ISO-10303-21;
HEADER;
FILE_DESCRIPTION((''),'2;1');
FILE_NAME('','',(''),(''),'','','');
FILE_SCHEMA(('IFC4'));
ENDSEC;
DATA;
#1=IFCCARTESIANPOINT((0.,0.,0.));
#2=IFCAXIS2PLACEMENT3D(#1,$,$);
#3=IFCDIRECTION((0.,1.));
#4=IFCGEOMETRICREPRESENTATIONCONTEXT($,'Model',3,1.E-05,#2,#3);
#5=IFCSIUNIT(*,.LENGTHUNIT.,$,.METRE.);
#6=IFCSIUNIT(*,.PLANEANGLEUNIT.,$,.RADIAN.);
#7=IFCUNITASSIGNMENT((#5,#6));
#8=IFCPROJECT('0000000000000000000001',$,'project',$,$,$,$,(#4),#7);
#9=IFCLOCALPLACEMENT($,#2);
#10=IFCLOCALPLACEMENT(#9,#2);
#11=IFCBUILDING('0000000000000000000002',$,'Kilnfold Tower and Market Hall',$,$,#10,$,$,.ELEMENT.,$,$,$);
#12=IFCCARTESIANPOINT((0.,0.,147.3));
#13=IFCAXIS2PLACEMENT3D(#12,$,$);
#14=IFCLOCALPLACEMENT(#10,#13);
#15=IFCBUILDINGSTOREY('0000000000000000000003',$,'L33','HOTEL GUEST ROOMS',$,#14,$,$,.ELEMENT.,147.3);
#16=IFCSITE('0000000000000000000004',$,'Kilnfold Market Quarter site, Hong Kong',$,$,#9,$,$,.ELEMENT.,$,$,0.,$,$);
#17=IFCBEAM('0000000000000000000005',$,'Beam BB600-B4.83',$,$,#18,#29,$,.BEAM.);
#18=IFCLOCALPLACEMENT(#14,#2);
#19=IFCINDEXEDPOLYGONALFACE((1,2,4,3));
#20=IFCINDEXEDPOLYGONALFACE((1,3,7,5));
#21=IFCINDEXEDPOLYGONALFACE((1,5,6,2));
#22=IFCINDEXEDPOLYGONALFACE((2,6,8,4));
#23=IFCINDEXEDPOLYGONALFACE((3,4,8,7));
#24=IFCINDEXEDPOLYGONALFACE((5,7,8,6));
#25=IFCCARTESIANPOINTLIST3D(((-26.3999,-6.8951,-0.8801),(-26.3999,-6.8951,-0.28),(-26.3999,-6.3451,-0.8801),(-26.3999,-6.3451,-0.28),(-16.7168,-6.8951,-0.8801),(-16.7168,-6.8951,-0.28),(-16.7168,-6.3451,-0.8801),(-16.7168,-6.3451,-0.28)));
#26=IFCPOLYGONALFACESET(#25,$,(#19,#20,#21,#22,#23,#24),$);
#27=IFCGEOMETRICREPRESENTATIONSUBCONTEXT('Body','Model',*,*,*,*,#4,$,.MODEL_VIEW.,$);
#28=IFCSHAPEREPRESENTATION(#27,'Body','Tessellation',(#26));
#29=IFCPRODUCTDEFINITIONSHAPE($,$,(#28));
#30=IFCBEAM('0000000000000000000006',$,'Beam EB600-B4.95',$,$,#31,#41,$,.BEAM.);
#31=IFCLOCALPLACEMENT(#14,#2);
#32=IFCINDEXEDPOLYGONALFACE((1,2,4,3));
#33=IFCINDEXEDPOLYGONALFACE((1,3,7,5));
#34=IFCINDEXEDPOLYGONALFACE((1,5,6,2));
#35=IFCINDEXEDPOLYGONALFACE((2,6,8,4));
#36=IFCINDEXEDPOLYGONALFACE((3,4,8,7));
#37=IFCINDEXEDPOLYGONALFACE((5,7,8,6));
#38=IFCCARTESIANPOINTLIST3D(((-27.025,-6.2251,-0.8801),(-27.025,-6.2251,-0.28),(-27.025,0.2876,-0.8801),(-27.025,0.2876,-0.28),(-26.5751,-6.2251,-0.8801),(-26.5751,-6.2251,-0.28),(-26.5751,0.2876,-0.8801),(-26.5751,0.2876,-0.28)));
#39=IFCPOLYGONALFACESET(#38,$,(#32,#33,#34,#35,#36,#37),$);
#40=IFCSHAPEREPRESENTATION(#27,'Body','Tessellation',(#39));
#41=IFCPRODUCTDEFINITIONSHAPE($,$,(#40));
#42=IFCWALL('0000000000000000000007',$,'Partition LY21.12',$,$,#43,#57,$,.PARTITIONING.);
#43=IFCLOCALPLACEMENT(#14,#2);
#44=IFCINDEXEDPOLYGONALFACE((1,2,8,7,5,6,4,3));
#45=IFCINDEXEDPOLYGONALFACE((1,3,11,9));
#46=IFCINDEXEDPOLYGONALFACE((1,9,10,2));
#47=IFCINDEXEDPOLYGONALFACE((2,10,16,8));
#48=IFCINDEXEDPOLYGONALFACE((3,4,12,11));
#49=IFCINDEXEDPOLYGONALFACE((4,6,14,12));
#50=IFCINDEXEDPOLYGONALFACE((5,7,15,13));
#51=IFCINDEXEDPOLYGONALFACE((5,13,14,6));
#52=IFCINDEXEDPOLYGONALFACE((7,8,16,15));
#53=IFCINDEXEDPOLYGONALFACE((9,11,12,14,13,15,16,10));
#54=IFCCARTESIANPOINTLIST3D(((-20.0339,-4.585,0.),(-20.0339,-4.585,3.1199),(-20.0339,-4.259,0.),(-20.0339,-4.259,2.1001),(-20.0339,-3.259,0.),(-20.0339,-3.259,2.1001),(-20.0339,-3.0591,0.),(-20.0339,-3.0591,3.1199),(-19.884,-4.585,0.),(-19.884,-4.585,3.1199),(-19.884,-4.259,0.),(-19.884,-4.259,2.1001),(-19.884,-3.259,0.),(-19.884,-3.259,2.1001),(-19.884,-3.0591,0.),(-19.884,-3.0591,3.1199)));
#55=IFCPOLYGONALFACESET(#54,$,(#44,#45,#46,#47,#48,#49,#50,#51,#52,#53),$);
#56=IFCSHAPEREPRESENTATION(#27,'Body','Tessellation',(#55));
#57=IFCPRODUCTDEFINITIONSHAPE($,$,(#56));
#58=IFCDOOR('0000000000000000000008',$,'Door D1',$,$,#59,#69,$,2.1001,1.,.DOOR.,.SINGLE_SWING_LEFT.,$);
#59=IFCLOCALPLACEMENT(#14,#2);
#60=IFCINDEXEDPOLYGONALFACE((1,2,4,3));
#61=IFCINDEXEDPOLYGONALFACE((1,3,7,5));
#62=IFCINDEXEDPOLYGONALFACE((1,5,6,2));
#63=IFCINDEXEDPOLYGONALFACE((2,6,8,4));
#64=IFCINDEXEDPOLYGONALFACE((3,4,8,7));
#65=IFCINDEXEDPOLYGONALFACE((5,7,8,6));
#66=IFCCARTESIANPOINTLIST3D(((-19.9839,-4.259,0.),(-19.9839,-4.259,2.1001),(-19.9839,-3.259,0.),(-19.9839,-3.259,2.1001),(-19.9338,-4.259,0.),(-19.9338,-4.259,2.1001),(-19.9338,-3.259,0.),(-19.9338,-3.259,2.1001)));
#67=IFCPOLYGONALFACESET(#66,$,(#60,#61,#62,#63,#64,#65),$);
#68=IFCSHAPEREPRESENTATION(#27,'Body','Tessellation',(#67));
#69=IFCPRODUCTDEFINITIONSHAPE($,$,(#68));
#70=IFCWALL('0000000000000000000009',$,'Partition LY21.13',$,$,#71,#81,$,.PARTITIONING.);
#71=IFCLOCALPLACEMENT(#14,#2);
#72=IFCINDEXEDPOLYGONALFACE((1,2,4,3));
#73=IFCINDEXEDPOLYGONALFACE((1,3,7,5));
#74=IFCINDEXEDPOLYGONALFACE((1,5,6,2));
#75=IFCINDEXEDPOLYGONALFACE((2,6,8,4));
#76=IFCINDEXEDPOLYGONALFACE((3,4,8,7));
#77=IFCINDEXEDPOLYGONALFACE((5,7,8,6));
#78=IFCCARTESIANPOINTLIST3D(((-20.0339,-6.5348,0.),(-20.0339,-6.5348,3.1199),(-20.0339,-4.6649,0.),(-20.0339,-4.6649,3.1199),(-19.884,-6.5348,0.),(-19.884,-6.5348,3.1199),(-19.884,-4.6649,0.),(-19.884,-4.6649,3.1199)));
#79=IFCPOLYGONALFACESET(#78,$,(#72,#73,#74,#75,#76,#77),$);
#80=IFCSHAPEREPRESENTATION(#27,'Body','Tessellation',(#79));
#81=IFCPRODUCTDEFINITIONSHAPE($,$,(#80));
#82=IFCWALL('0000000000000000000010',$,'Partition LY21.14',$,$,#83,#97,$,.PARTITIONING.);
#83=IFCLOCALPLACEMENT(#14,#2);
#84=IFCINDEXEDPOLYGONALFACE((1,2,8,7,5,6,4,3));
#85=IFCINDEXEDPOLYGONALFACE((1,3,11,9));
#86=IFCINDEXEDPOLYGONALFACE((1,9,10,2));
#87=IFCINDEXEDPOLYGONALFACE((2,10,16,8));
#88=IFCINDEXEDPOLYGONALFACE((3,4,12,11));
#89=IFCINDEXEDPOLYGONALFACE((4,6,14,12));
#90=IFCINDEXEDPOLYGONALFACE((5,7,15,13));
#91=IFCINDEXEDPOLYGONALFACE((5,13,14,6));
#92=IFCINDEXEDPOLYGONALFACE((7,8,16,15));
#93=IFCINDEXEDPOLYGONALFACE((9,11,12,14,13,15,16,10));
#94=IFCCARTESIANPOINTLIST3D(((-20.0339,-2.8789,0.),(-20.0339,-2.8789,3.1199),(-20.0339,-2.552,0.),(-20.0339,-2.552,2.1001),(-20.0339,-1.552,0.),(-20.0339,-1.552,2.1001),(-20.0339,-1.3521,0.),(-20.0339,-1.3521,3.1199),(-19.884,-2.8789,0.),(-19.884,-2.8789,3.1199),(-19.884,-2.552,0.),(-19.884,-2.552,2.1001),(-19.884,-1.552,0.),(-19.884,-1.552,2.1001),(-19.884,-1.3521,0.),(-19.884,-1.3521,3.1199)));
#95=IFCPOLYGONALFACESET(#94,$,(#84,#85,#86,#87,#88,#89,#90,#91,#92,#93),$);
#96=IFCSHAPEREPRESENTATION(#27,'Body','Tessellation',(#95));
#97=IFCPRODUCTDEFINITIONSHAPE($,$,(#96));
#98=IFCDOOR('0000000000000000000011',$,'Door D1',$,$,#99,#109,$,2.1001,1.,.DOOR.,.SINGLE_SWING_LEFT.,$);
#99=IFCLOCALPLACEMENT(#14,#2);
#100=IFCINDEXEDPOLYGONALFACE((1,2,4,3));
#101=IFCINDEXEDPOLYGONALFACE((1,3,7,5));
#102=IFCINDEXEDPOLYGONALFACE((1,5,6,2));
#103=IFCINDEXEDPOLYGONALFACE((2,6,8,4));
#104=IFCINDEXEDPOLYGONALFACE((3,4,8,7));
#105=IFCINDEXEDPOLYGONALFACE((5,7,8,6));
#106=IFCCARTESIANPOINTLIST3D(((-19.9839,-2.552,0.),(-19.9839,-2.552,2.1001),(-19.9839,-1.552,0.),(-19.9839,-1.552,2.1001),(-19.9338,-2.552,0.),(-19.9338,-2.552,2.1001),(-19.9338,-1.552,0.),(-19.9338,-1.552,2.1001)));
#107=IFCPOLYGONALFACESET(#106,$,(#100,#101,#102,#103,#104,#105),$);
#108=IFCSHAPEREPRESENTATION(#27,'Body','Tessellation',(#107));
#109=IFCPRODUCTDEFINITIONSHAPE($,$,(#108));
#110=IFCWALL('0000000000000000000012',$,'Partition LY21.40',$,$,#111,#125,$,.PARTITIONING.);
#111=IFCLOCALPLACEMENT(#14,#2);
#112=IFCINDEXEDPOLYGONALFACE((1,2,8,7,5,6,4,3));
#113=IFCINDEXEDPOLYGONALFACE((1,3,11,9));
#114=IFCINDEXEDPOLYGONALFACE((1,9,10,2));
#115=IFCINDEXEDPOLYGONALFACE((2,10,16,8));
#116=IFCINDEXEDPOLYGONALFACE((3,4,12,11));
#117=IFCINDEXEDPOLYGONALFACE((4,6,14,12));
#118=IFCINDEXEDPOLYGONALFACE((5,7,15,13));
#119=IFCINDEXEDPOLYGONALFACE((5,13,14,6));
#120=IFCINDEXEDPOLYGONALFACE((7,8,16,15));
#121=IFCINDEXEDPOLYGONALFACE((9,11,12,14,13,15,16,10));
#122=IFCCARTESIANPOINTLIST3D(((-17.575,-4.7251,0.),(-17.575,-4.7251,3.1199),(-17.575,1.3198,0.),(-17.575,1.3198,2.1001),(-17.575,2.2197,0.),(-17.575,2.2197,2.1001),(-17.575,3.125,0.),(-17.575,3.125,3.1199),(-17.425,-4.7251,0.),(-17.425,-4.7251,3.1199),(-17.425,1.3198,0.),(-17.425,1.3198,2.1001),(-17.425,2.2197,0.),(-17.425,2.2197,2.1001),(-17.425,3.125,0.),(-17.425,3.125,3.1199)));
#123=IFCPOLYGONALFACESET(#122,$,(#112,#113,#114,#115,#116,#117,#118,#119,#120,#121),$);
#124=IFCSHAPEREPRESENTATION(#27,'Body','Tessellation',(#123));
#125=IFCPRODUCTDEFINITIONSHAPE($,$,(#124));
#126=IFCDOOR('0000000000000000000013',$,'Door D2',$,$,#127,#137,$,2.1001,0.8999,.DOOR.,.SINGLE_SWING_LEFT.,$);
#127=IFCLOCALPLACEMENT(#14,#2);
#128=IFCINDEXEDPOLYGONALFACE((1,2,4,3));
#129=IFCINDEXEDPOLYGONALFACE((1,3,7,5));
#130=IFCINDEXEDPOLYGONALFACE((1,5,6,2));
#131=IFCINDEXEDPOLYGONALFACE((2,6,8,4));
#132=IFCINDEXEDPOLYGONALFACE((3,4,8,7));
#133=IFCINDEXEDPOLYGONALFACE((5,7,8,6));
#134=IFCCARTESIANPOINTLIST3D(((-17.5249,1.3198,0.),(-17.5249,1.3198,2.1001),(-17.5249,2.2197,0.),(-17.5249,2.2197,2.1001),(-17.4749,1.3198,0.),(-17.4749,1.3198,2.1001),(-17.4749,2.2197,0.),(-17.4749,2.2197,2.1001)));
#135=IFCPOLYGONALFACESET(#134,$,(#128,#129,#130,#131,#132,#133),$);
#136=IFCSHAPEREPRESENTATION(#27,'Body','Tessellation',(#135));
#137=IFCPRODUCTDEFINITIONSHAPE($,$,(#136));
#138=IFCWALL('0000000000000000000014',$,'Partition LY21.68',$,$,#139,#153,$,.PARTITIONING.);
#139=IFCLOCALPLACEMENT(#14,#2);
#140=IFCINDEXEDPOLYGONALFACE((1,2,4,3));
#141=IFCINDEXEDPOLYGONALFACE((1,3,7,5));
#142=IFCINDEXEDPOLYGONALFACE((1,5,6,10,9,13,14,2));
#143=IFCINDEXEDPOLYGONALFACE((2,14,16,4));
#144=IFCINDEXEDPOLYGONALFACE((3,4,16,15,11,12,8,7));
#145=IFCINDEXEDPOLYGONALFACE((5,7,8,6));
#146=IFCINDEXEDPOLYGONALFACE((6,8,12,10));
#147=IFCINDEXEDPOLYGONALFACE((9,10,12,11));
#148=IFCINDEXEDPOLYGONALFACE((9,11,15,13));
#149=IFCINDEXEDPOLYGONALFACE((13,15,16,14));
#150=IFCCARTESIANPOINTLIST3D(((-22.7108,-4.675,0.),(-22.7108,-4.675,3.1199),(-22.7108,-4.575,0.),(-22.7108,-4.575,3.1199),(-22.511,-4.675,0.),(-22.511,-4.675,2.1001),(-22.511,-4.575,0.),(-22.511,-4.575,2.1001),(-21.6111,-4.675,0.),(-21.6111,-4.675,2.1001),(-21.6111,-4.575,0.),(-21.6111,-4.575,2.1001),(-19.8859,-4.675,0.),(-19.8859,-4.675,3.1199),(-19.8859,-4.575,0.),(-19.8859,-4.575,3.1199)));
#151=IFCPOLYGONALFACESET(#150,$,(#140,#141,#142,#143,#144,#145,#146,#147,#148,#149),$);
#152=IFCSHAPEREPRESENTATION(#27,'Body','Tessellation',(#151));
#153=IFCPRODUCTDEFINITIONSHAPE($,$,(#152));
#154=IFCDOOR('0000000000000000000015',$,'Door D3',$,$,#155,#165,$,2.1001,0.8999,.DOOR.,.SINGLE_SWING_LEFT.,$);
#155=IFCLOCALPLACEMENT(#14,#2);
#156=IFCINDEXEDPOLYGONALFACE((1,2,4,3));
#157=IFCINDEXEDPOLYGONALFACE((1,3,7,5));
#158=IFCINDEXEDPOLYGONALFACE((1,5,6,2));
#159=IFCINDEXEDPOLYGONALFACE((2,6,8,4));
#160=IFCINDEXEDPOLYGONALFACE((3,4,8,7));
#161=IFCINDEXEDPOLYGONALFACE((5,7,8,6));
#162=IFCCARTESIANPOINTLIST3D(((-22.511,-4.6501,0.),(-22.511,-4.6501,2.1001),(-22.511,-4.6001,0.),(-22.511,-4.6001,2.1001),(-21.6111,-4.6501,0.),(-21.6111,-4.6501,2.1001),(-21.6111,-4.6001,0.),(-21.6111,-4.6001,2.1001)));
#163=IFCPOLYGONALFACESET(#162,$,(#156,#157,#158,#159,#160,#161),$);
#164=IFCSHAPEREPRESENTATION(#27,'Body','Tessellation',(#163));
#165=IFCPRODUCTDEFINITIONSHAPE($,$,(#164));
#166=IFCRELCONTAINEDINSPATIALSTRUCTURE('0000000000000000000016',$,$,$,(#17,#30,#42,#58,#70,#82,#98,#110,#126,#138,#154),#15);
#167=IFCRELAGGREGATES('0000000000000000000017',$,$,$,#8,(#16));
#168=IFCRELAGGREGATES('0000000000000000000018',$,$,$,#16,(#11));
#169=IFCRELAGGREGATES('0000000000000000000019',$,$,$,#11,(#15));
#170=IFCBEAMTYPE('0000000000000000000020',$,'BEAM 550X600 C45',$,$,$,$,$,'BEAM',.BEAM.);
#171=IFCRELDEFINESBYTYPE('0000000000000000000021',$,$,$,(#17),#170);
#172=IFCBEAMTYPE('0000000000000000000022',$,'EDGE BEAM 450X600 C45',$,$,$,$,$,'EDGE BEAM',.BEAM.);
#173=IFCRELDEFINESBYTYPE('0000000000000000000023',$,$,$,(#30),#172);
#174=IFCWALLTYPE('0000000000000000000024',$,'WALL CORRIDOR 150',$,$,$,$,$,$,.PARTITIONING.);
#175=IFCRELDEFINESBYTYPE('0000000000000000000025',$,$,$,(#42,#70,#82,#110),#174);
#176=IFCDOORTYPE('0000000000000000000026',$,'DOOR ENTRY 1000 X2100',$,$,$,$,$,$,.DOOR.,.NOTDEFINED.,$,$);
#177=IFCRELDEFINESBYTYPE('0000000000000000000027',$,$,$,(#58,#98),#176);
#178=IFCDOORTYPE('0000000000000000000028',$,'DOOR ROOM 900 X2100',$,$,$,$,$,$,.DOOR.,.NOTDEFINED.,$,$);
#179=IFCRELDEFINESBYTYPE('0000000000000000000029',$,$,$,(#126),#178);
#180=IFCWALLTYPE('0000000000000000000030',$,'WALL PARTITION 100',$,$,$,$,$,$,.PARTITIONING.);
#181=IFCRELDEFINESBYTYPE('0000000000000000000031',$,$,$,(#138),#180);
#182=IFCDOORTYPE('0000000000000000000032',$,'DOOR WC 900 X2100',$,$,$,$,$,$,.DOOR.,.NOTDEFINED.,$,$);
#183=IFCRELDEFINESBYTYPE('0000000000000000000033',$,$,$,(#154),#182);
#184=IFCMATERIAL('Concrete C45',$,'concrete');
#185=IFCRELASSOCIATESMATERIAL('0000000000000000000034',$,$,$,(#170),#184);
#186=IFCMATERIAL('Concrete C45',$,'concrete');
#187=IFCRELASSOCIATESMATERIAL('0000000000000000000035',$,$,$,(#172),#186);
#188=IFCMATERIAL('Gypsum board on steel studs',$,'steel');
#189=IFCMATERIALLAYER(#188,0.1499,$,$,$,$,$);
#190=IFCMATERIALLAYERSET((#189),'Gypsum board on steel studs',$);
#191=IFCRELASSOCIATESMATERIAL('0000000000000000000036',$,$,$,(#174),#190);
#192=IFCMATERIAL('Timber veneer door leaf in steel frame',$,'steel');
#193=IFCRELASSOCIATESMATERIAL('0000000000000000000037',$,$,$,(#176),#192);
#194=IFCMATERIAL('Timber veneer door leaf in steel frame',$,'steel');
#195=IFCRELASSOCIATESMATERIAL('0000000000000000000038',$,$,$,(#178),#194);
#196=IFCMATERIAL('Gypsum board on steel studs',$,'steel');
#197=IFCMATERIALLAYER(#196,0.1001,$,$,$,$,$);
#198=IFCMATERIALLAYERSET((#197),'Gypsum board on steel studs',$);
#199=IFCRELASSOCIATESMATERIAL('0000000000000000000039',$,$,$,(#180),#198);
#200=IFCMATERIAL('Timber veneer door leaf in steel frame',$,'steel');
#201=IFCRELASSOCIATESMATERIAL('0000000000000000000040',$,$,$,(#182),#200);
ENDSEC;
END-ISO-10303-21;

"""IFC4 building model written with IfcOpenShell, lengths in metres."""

from ifc_helpers import new_model, si_unit, direction, frame, frame_2d, origin, origin_2d, place, context, subcontext, project, spatial, rectangle, extrude, source, transform, mapped, material, layer, layer_set, material_profile, profile_set, type_object, element, fill, save


model = new_model("IFC4")

# Units and contexts
model_context = context("Model", 3, precision=1e-05, world=origin(), true_north=direction((0.0, 1.0)))
body_context = subcontext(model_context, "Body", "Model", "MODEL_VIEW")
ifc_project = project(units=[si_unit("LENGTHUNIT", "METRE"), si_unit("PLANEANGLEUNIT", "RADIAN")], contexts=[model_context])

# Site, building, storey
site_placement = place(None, origin())
site = spatial("IfcSite", under=ifc_project, at=site_placement, Name="Kilnfold Market Quarter site, Hong Kong", CompositionType="ELEMENT", RefElevation=0.0)
building_placement = place(site_placement, origin())
building = spatial("IfcBuilding", under=site, at=building_placement, Name="Kilnfold Tower and Market Hall", CompositionType="ELEMENT")
storey_placement = place(building_placement, frame((0.0, 0.0, 147.3)))
storey = spatial("IfcBuildingStorey", under=building, at=storey_placement, Name="L33", Description="HOTEL GUEST ROOMS", CompositionType="ELEMENT", Elevation=147.3)

# Beams
ifc_material_1 = material(Name="Concrete C45", Category="concrete")
ifc_material_profile_1 = material_profile(ifc_material_1, rectangle(XDim=0.55, YDim=0.6001, at=origin_2d()), Name="RC 550x600")
ifc_profile_set_1 = profile_set([ifc_material_profile_1], Name="Concrete C45")
beam_type_1 = type_object("IfcBeamType", Name="BEAM 550X600 C45", ElementType="BEAM", PredefinedType="BEAM", material=ifc_profile_set_1)
shared_shape_1 = source(origin(), body_context, "Body", "SweptSolid", [
    extrude(rectangle(XDim=0.55, YDim=0.6001, at=origin_2d()), origin(), (0.0, 0.0, 1.0), 9.6831),
])
beam_1_placement = place(storey_placement, frame((-26.3999, -6.6201, -0.5801), z_axis=(1.0, 0.0, 0.0), x_axis=(0.0, 1.0, 0.0)))
element("IfcBeam", 1, at=beam_1_placement, inside=storey, type_object=beam_type_1, Name="Beam BB600-B4.83", PredefinedType="BEAM", context=body_context, shape_type="MappedRepresentation", body=[
    mapped(shared_shape_1, transform((0.0, 0.0, 0.0))),
])
ifc_material_2 = material(Name="Concrete C45", Category="concrete")
ifc_material_profile_2 = material_profile(ifc_material_2, rectangle(XDim=0.45, YDim=0.6001, at=origin_2d()), Name="RC 450x600")
ifc_profile_set_2 = profile_set([ifc_material_profile_2], Name="Concrete C45")
beam_type_2 = type_object("IfcBeamType", Name="EDGE BEAM 450X600 C45", ElementType="EDGE BEAM", PredefinedType="BEAM", material=ifc_profile_set_2)
shared_shape_2 = source(origin(), body_context, "Body", "SweptSolid", [
    extrude(rectangle(XDim=0.45, YDim=0.6001, at=origin_2d()), origin(), (0.0, 0.0, 1.0), 6.5127),
])
beam_2_placement = place(storey_placement, frame((-26.8, -6.2251, -0.5801), z_axis=(0.0, 1.0, 0.0), x_axis=(-1.0, 0.0, 0.0)))
element("IfcBeam", 2, at=beam_2_placement, inside=storey, type_object=beam_type_2, Name="Beam EB600-B4.95", PredefinedType="BEAM", context=body_context, shape_type="MappedRepresentation", body=[
    mapped(shared_shape_2, transform((0.0, 0.0, 0.0))),
])

# Wall, opening, door
ifc_material_3 = material(Name="Gypsum board on steel studs", Category="steel")
ifc_layer_1 = layer(ifc_material_3, 0.1499)
ifc_layer_set_1 = layer_set([ifc_layer_1], Name="Gypsum board on steel studs")
wall_type_1 = type_object("IfcWallType", Name="WALL CORRIDOR 150", PredefinedType="PARTITIONING", material=ifc_layer_set_1)
wall_1_placement = place(storey_placement, frame((-19.959, -4.585, 0.0), z_axis=(0.0, 0.0, 1.0), x_axis=(0.0, 1.0, 0.0)))
wall_1 = element("IfcWall", 3, at=wall_1_placement, inside=storey, type_object=wall_type_1, Name="Partition LY21.12", PredefinedType="PARTITIONING", context=body_context, shape_type="SweptSolid", body=[
    extrude(rectangle(XDim=1.5259, YDim=0.1499, at=frame_2d((0.7629, 0.0))), origin(), (0.0, 0.0, 1.0), 3.1199),
])
opening_1_placement = place(wall_1_placement, frame((0.3259, 0.0, 0.0)))
opening_1 = element("IfcOpeningElement", 4, at=opening_1_placement, cuts=wall_1, PredefinedType="OPENING", context=body_context, shape_type="SweptSolid", body=[
    extrude(rectangle(XDim=1.0, YDim=2.1001, at=frame_2d((0.5, 1.05))), frame((0.0, 0.085, 0.0), z_axis=(0.0, -1.0, 0.0), x_axis=(1.0, 0.0, 0.0)), (0.0, 0.0, 1.0), 0.1699),
])
ifc_material_4 = material(Name="Timber veneer door leaf in steel frame", Category="steel")
door_type_1 = type_object("IfcDoorType", Name="DOOR ENTRY 1000 X2100", OperationType="NOTDEFINED", PredefinedType="DOOR", material=ifc_material_4)
door_1_placement = place(opening_1_placement, origin())
door_1 = element("IfcDoor", 5, at=door_1_placement, inside=storey, type_object=door_type_1, Name="Door D1", OperationType="SINGLE_SWING_LEFT", OverallHeight=2.1001, OverallWidth=1.0, PredefinedType="DOOR", context=body_context, shape_type="SweptSolid", body=[
    extrude(rectangle(XDim=1.0, YDim=2.1001, at=frame_2d((0.5, 1.05))), frame((0.0, 0.0249, 0.0), z_axis=(0.0, -1.0, 0.0), x_axis=(1.0, 0.0, 0.0)), (0.0, 0.0, 1.0), 0.05),
])
fill(opening_1, door_1)

# Wall
wall_2_placement = place(storey_placement, frame((-19.959, -6.5349, 0.0), z_axis=(0.0, 0.0, 1.0), x_axis=(0.0, 1.0, 0.0)))
element("IfcWall", 6, at=wall_2_placement, inside=storey, type_object=wall_type_1, Name="Partition LY21.13", PredefinedType="PARTITIONING", context=body_context, shape_type="SweptSolid", body=[
    extrude(rectangle(XDim=1.8699, YDim=0.1499, at=frame_2d((0.9351, 0.0))), origin(), (0.0, 0.0, 1.0), 3.1199),
])

# Walls, openings, doors
wall_3_placement = place(storey_placement, frame((-19.959, -2.8789, 0.0), z_axis=(0.0, 0.0, 1.0), x_axis=(0.0, 1.0, 0.0)))
wall_3 = element("IfcWall", 7, at=wall_3_placement, inside=storey, type_object=wall_type_1, Name="Partition LY21.14", PredefinedType="PARTITIONING", context=body_context, shape_type="SweptSolid", body=[
    extrude(rectangle(XDim=1.5269, YDim=0.1499, at=frame_2d((0.7634, 0.0))), origin(), (0.0, 0.0, 1.0), 3.1199),
])
opening_2_placement = place(wall_3_placement, frame((0.3269, 0.0, 0.0)))
opening_2 = element("IfcOpeningElement", 8, at=opening_2_placement, cuts=wall_3, PredefinedType="OPENING", context=body_context, shape_type="SweptSolid", body=[
    extrude(rectangle(XDim=1.0, YDim=2.1001, at=frame_2d((0.5, 1.05))), frame((0.0, 0.085, 0.0), z_axis=(0.0, -1.0, 0.0), x_axis=(1.0, 0.0, 0.0)), (0.0, 0.0, 1.0), 0.1699),
])
door_2_placement = place(opening_2_placement, origin())
door_2 = element("IfcDoor", 9, at=door_2_placement, inside=storey, type_object=door_type_1, Name="Door D1", OperationType="SINGLE_SWING_LEFT", OverallHeight=2.1001, OverallWidth=1.0, PredefinedType="DOOR", context=body_context, shape_type="SweptSolid", body=[
    extrude(rectangle(XDim=1.0, YDim=2.1001, at=frame_2d((0.5, 1.05))), frame((0.0, 0.0249, 0.0), z_axis=(0.0, -1.0, 0.0), x_axis=(1.0, 0.0, 0.0)), (0.0, 0.0, 1.0), 0.05),
])
fill(opening_2, door_2)
wall_4_placement = place(storey_placement, frame((-17.5, -4.7251, 0.0), z_axis=(0.0, 0.0, 1.0), x_axis=(0.0, 1.0, 0.0)))
wall_4 = element("IfcWall", 10, at=wall_4_placement, inside=storey, type_object=wall_type_1, Name="Partition LY21.40", PredefinedType="PARTITIONING", context=body_context, shape_type="SweptSolid", body=[
    extrude(rectangle(XDim=7.8501, YDim=0.1499, at=frame_2d((3.925, 0.0))), origin(), (0.0, 0.0, 1.0), 3.1199),
])
opening_3_placement = place(wall_4_placement, frame((6.0449, 0.0, 0.0)))
opening_3 = element("IfcOpeningElement", 11, at=opening_3_placement, cuts=wall_4, PredefinedType="OPENING", context=body_context, shape_type="SweptSolid", body=[
    extrude(rectangle(XDim=0.8999, YDim=2.1001, at=frame_2d((0.45, 1.05))), frame((0.0, 0.085, 0.0), z_axis=(0.0, -1.0, 0.0), x_axis=(1.0, 0.0, 0.0)), (0.0, 0.0, 1.0), 0.1699),
])
ifc_material_5 = material(Name="Timber veneer door leaf in steel frame", Category="steel")
door_type_2 = type_object("IfcDoorType", Name="DOOR ROOM 900 X2100", OperationType="NOTDEFINED", PredefinedType="DOOR", material=ifc_material_5)
door_3_placement = place(opening_3_placement, origin())
door_3 = element("IfcDoor", 12, at=door_3_placement, inside=storey, type_object=door_type_2, Name="Door D2", OperationType="SINGLE_SWING_LEFT", OverallHeight=2.1001, OverallWidth=0.8999, PredefinedType="DOOR", context=body_context, shape_type="SweptSolid", body=[
    extrude(rectangle(XDim=0.8999, YDim=2.1001, at=frame_2d((0.45, 1.05))), frame((0.0, 0.0249, 0.0), z_axis=(0.0, -1.0, 0.0), x_axis=(1.0, 0.0, 0.0)), (0.0, 0.0, 1.0), 0.05),
])
fill(opening_3, door_3)
ifc_material_6 = material(Name="Gypsum board on steel studs", Category="steel")
ifc_layer_2 = layer(ifc_material_6, 0.1001)
ifc_layer_set_2 = layer_set([ifc_layer_2], Name="Gypsum board on steel studs")
wall_type_2 = type_object("IfcWallType", Name="WALL PARTITION 100", PredefinedType="PARTITIONING", material=ifc_layer_set_2)
wall_5_placement = place(storey_placement, frame((-22.7109, -4.625, 0.0), z_axis=(0.0, 0.0, 1.0), x_axis=(1.0, 0.0, 0.0)))
wall_5 = element("IfcWall", 13, at=wall_5_placement, inside=storey, type_object=wall_type_2, Name="Partition LY21.68", PredefinedType="PARTITIONING", context=body_context, shape_type="SweptSolid", body=[
    extrude(rectangle(XDim=2.825, YDim=0.1001, at=frame_2d((1.4126, 0.0))), origin(), (0.0, 0.0, 1.0), 3.1199),
])
opening_4_placement = place(wall_5_placement, frame((0.2, 0.0, 0.0)))
opening_4 = element("IfcOpeningElement", 14, at=opening_4_placement, cuts=wall_5, PredefinedType="OPENING", context=body_context, shape_type="SweptSolid", body=[
    extrude(rectangle(XDim=0.8999, YDim=2.1001, at=frame_2d((0.45, 1.05))), frame((0.0, 0.0601, 0.0), z_axis=(0.0, -1.0, 0.0), x_axis=(1.0, 0.0, 0.0)), (0.0, 0.0, 1.0), 0.1201),
])
ifc_material_7 = material(Name="Timber veneer door leaf in steel frame", Category="steel")
door_type_3 = type_object("IfcDoorType", Name="DOOR WC 900 X2100", OperationType="NOTDEFINED", PredefinedType="DOOR", material=ifc_material_7)
door_4_placement = place(opening_4_placement, origin())
door_4 = element("IfcDoor", 15, at=door_4_placement, inside=storey, type_object=door_type_3, Name="Door D3", OperationType="SINGLE_SWING_LEFT", OverallHeight=2.1001, OverallWidth=0.8999, PredefinedType="DOOR", context=body_context, shape_type="SweptSolid", body=[
    extrude(rectangle(XDim=0.8999, YDim=2.1001, at=frame_2d((0.45, 1.05))), frame((0.0, 0.0249, 0.0), z_axis=(0.0, -1.0, 0.0), x_axis=(1.0, 0.0, 0.0)), (0.0, 0.0, 1.0), 0.05),
])
fill(opening_4, door_4)

save(model, "model.ifc")
